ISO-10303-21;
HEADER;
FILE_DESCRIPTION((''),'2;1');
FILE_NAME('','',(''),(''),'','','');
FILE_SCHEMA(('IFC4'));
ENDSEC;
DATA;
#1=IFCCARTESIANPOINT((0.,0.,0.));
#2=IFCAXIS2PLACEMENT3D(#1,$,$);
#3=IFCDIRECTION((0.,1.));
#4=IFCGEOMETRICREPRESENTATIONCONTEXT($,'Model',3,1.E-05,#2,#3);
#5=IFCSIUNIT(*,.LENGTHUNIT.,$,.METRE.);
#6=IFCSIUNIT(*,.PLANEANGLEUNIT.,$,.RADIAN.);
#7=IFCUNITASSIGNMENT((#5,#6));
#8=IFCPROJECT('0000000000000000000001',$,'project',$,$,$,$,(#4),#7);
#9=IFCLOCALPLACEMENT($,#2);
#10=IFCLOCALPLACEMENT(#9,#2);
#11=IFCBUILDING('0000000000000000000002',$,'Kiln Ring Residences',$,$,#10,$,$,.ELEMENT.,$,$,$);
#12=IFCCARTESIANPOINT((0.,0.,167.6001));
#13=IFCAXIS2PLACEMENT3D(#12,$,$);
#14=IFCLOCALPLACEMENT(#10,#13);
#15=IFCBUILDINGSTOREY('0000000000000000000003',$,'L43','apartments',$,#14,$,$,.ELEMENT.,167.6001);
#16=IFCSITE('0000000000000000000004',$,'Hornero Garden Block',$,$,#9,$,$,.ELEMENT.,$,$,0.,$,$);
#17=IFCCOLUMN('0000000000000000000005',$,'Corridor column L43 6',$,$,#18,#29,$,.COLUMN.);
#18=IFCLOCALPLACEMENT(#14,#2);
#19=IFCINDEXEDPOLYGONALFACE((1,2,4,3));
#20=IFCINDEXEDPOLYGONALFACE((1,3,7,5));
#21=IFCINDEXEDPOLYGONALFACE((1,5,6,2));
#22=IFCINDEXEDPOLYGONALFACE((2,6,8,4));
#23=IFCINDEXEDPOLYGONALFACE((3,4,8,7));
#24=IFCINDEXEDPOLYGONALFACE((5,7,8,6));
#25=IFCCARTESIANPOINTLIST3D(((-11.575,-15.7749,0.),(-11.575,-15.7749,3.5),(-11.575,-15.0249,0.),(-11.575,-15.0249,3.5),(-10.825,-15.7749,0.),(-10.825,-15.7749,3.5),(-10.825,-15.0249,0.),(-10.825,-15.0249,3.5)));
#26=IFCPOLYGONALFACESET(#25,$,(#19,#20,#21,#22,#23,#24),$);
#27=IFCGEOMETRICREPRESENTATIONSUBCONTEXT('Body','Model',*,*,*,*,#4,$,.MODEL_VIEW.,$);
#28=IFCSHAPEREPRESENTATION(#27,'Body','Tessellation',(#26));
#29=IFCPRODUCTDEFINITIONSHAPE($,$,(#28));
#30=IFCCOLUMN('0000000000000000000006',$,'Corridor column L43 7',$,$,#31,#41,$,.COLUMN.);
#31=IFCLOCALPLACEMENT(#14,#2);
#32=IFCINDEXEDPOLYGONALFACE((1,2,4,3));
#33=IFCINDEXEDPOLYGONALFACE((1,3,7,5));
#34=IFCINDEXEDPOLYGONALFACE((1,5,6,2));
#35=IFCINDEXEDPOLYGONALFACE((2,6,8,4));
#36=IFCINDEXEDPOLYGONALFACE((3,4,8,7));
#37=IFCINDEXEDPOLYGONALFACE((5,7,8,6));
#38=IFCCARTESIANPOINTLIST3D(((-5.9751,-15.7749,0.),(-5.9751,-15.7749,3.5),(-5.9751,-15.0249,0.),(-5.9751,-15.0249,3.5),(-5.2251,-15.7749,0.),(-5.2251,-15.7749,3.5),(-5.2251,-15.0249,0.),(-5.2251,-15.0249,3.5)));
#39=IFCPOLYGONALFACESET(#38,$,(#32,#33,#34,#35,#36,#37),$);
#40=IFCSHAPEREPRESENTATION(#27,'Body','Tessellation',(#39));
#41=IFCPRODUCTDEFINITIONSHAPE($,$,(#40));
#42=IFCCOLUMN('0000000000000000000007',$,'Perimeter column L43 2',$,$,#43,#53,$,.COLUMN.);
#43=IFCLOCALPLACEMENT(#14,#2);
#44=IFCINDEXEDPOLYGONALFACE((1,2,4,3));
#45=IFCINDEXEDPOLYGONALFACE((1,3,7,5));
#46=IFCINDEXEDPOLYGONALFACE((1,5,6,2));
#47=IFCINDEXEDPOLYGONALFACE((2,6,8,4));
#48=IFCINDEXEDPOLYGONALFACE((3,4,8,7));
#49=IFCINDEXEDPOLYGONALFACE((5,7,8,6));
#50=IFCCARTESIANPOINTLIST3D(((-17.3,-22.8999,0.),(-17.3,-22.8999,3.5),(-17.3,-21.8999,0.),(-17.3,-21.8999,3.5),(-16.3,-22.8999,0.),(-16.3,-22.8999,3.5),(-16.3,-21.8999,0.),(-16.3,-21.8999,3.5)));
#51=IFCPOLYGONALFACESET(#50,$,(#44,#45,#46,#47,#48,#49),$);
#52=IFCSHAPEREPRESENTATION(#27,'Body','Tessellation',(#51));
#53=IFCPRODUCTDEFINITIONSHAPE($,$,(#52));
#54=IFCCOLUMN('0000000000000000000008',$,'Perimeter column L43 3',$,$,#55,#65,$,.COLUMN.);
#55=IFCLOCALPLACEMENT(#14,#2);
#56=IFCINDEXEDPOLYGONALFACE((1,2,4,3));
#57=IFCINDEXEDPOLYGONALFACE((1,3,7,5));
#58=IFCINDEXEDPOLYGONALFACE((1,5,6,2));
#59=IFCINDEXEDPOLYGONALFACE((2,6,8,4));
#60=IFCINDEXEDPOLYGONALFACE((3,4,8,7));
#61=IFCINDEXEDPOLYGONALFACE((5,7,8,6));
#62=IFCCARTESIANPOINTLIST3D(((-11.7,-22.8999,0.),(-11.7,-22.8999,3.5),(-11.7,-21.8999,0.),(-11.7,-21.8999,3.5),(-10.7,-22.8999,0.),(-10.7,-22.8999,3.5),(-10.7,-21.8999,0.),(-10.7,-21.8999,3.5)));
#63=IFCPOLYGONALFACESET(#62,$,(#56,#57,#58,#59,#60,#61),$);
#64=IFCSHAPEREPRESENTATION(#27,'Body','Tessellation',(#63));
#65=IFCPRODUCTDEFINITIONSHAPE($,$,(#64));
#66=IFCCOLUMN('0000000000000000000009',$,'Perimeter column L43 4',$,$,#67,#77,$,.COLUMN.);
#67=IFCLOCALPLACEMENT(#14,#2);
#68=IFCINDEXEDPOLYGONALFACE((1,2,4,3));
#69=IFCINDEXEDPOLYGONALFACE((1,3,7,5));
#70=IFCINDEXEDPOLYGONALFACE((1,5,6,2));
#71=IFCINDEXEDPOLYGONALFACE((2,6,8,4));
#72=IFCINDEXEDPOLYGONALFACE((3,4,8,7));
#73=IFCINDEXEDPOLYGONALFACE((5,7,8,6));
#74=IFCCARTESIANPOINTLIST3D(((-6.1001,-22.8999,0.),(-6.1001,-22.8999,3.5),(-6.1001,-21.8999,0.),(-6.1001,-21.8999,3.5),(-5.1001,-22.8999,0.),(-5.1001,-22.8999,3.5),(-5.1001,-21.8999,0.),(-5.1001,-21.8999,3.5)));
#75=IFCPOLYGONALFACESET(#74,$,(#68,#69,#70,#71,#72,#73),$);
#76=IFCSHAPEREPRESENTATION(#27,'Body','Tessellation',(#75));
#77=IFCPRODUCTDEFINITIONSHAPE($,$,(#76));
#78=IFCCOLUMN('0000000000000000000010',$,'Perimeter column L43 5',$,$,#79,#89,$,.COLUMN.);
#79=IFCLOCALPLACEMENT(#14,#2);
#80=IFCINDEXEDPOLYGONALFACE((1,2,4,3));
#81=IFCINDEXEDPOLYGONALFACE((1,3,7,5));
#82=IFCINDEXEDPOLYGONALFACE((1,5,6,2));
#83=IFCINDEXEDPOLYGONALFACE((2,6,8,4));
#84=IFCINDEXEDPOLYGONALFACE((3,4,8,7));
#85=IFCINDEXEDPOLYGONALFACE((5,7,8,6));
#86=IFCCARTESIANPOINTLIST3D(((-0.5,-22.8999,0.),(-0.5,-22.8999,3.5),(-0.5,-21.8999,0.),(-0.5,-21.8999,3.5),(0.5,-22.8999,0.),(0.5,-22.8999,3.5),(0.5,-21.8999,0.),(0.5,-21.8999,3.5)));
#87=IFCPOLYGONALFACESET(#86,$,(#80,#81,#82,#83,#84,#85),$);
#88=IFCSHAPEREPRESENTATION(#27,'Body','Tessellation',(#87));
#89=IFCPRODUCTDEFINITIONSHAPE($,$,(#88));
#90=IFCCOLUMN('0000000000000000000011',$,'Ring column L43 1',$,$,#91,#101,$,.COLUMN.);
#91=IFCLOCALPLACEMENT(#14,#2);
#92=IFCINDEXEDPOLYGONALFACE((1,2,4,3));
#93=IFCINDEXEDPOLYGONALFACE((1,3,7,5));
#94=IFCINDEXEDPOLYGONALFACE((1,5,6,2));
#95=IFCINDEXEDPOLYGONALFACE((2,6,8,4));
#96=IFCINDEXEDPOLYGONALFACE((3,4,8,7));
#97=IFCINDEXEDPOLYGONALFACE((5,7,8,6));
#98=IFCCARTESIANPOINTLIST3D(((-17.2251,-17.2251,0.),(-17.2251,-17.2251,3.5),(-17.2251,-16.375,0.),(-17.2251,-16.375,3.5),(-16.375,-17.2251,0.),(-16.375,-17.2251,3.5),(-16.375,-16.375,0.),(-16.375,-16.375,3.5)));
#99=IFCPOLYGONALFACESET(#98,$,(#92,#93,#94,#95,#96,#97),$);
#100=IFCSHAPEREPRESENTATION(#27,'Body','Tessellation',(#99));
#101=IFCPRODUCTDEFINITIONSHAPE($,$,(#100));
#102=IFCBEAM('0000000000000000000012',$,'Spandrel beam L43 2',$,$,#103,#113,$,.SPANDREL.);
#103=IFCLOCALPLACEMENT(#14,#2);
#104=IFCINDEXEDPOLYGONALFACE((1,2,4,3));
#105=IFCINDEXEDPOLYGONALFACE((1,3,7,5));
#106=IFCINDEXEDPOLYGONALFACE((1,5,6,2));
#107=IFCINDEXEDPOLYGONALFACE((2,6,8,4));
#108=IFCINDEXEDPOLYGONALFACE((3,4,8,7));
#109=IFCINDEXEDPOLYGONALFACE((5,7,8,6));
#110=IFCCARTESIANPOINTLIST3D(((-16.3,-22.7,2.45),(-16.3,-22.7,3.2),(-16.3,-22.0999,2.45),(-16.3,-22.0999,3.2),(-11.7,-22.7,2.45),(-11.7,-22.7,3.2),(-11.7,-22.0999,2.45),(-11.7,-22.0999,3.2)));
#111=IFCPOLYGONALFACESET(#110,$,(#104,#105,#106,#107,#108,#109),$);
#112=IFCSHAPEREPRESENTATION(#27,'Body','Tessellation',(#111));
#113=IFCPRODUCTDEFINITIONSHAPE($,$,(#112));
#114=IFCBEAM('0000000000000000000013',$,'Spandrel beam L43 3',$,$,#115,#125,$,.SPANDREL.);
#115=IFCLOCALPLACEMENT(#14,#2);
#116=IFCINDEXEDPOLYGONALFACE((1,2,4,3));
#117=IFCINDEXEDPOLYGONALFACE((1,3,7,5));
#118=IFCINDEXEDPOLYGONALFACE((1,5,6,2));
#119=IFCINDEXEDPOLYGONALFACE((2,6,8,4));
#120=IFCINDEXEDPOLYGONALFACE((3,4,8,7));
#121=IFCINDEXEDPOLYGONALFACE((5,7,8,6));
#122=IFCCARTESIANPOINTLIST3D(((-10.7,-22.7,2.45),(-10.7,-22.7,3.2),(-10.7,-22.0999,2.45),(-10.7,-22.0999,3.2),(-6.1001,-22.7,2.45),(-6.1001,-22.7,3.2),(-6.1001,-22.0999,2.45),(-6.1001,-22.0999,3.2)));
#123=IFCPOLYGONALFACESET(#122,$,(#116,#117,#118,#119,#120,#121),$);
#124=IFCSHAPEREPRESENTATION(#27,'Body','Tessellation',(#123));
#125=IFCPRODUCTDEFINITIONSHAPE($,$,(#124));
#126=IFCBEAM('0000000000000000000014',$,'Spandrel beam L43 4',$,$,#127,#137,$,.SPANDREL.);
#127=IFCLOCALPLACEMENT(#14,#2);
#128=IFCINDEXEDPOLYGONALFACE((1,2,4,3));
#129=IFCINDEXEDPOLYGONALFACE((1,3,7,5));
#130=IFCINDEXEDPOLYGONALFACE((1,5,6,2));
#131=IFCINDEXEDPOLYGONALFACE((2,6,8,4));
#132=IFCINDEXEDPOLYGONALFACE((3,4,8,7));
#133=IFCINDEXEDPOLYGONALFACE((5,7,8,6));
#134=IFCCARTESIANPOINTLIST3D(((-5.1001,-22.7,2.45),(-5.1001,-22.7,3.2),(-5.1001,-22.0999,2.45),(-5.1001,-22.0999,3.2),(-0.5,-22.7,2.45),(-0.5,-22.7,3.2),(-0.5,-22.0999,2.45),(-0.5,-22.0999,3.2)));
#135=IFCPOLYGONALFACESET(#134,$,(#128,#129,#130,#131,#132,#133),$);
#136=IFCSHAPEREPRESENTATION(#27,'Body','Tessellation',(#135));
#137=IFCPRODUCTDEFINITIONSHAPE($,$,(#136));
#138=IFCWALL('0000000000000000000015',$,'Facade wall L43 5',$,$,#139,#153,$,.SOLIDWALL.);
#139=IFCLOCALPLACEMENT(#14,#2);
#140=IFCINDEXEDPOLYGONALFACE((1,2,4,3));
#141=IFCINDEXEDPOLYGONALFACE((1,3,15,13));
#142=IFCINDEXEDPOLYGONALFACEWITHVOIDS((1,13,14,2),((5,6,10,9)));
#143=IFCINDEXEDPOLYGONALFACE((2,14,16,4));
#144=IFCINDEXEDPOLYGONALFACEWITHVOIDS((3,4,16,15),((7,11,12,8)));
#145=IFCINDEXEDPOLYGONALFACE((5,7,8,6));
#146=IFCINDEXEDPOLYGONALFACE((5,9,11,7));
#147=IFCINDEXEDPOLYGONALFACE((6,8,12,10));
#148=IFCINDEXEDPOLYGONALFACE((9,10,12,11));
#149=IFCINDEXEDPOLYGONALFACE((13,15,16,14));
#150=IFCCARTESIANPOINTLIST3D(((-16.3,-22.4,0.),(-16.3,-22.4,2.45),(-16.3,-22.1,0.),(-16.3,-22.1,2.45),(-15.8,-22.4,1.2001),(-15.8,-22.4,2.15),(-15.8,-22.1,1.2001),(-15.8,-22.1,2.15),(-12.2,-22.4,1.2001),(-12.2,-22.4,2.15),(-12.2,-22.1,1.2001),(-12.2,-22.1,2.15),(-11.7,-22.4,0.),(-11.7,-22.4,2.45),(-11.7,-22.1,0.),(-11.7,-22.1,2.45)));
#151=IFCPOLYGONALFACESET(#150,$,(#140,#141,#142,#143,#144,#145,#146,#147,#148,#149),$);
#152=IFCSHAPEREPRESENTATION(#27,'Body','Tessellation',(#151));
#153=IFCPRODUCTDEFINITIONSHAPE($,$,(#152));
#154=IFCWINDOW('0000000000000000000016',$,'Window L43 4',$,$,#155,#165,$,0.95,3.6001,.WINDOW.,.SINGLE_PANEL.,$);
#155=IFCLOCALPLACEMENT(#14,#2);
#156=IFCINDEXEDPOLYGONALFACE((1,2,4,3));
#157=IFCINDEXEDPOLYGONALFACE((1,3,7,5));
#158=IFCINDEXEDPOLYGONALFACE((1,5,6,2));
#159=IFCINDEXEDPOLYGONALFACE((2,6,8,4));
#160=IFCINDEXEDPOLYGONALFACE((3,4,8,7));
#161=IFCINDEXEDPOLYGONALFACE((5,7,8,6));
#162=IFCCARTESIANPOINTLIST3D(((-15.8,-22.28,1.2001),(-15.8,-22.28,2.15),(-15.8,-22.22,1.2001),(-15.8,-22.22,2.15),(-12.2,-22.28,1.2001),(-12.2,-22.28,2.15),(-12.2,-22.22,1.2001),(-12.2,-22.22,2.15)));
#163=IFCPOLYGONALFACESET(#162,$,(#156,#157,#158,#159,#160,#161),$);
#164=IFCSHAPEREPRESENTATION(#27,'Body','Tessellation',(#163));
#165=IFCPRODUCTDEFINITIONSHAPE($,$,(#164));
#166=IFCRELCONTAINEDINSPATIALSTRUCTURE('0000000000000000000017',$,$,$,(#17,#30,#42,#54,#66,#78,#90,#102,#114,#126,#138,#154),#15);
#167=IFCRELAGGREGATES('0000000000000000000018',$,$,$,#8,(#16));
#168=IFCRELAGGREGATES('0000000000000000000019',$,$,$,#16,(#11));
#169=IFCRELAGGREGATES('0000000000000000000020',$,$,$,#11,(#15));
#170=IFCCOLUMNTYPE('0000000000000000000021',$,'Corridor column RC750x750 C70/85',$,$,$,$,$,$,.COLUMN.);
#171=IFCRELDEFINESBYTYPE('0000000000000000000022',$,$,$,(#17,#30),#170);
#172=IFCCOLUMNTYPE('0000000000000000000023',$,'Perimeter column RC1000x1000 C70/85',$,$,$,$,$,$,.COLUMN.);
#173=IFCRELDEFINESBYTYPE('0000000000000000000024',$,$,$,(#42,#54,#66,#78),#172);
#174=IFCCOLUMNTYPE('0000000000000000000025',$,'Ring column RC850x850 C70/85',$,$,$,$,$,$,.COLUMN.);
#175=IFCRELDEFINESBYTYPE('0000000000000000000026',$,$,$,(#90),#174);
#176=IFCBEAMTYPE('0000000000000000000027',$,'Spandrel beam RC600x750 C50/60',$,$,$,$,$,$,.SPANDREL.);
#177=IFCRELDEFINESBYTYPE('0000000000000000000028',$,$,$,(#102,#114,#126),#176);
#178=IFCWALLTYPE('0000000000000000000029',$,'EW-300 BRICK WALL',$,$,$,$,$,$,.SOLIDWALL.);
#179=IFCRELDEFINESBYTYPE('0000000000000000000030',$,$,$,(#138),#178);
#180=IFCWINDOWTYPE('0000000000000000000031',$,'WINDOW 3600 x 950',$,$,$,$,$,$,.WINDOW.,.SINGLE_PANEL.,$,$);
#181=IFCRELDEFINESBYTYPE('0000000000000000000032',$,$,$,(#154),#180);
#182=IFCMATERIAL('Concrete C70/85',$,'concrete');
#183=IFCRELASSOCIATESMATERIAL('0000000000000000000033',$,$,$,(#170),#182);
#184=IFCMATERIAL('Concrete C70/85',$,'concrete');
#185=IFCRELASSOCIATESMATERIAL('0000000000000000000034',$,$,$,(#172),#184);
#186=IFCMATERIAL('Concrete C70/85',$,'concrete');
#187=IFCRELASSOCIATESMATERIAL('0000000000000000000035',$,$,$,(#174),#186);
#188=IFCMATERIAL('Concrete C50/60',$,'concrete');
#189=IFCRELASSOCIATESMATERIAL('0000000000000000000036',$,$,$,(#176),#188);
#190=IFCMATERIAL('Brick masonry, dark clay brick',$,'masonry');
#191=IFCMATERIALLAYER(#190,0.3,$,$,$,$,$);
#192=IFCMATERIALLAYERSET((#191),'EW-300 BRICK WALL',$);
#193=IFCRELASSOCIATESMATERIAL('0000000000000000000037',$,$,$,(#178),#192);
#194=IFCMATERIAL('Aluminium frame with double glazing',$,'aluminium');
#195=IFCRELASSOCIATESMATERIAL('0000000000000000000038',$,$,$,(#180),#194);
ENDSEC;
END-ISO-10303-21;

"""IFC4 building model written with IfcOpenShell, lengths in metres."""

from ifc_helpers import new_model, si_unit, direction, frame, frame_2d, origin, origin_2d, place, context, subcontext, project, spatial, rectangle, extrude, material, layer, layer_set, material_profile, profile_set, type_object, element, fill, save


model = new_model("IFC4")

# Units and contexts
model_context = context("Model", 3, precision=1e-05, world=origin(), true_north=direction((0.0, 1.0)))
body_context = subcontext(model_context, "Body", "Model", "MODEL_VIEW")
ifc_project = project(units=[si_unit("LENGTHUNIT", "METRE"), si_unit("PLANEANGLEUNIT", "RADIAN")], contexts=[model_context])

# Site, building, storey
site_placement = place(None, origin())
site = spatial("IfcSite", under=ifc_project, at=site_placement, Name="Hornero Garden Block", CompositionType="ELEMENT", RefElevation=0.0)
building_placement = place(site_placement, origin())
building = spatial("IfcBuilding", under=site, at=building_placement, Name="Kiln Ring Residences", CompositionType="ELEMENT")
storey_placement = place(building_placement, frame((0.0, 0.0, 167.6001)))
storey = spatial("IfcBuildingStorey", under=building, at=storey_placement, Name="L43", Description="apartments", CompositionType="ELEMENT", Elevation=167.6001)

# Columns
ifc_material_1 = material(Name="Concrete C70/85", Category="concrete")
ifc_material_profile_1 = material_profile(ifc_material_1, rectangle(XDim=0.75, YDim=0.75, at=origin_2d()), Name="RC750x750")
ifc_profile_set_1 = profile_set([ifc_material_profile_1], Name="Concrete C70/85")
column_type_1 = type_object("IfcColumnType", Name="Corridor column RC750x750 C70/85", PredefinedType="COLUMN", material=ifc_profile_set_1)
for number, where, z_axis, x_axis, name in (
    (1, (-11.2, -15.3999, 0.0), (0.0, 0.0, 1.0), (1.0, 0.0, 0.0), "Corridor column L43 6"),
    (2, (-5.6001, -15.3999, 0.0), (0.0, 0.0, 1.0), (1.0, 0.0, 0.0), "Corridor column L43 7"),
):
    element("IfcColumn", number, at=place(storey_placement, frame(where, z_axis=z_axis, x_axis=x_axis)), inside=storey, type_object=column_type_1, Name=name, PredefinedType="COLUMN", context=body_context, shape_type="SweptSolid", body=[
        extrude(rectangle(XDim=0.75, YDim=0.75, at=origin_2d()), origin(), (0.0, 0.0, 1.0), 3.5),
    ])
ifc_material_2 = material(Name="Concrete C70/85", Category="concrete")
ifc_material_profile_2 = material_profile(ifc_material_2, rectangle(XDim=1.0, YDim=1.0, at=origin_2d()), Name="RC1000x1000")
ifc_profile_set_2 = profile_set([ifc_material_profile_2], Name="Concrete C70/85")
column_type_2 = type_object("IfcColumnType", Name="Perimeter column RC1000x1000 C70/85", PredefinedType="COLUMN", material=ifc_profile_set_2)
for number, where, z_axis, x_axis, name in (
    (3, (-16.8, -22.3999, 0.0), (0.0, 0.0, 1.0), (1.0, 0.0, 0.0), "Perimeter column L43 2"),
    (4, (-11.2, -22.3999, 0.0), (0.0, 0.0, 1.0), (1.0, 0.0, 0.0), "Perimeter column L43 3"),
    (5, (-5.6001, -22.3999, 0.0), (0.0, 0.0, 1.0), (1.0, 0.0, 0.0), "Perimeter column L43 4"),
    (6, (0.0, -22.3999, 0.0), (0.0, 0.0, 1.0), (1.0, 0.0, 0.0), "Perimeter column L43 5"),
):
    element("IfcColumn", number, at=place(storey_placement, frame(where, z_axis=z_axis, x_axis=x_axis)), inside=storey, type_object=column_type_2, Name=name, PredefinedType="COLUMN", context=body_context, shape_type="SweptSolid", body=[
        extrude(rectangle(XDim=1.0, YDim=1.0, at=origin_2d()), origin(), (0.0, 0.0, 1.0), 3.5),
    ])
ifc_material_3 = material(Name="Concrete C70/85", Category="concrete")
ifc_material_profile_3 = material_profile(ifc_material_3, rectangle(XDim=0.8501, YDim=0.8501, at=origin_2d()), Name="RC850x850")
ifc_profile_set_3 = profile_set([ifc_material_profile_3], Name="Concrete C70/85")
column_type_3 = type_object("IfcColumnType", Name="Ring column RC850x850 C70/85", PredefinedType="COLUMN", material=ifc_profile_set_3)
column_placement = place(storey_placement, frame((-16.8, -16.8, 0.0), z_axis=(0.0, 0.0, 1.0), x_axis=(1.0, 0.0, 0.0)))
element("IfcColumn", 7, at=column_placement, inside=storey, type_object=column_type_3, Name="Ring column L43 1", PredefinedType="COLUMN", context=body_context, shape_type="SweptSolid", body=[
    extrude(rectangle(XDim=0.8501, YDim=0.8501, at=origin_2d()), origin(), (0.0, 0.0, 1.0), 3.5),
])

# Beams
ifc_material_4 = material(Name="Concrete C50/60", Category="concrete")
ifc_material_profile_4 = material_profile(ifc_material_4, rectangle(XDim=0.6001, YDim=0.75, at=origin_2d()), Name="RC600x750")
ifc_profile_set_4 = profile_set([ifc_material_profile_4], Name="Concrete C50/60")
beam_type = type_object("IfcBeamType", Name="Spandrel beam RC600x750 C50/60", PredefinedType="SPANDREL", material=ifc_profile_set_4)
beam_1_placement = place(storey_placement, frame((-16.3, -22.3999, 2.825), z_axis=(1.0, 0.0, 0.0), x_axis=(0.0, 1.0, 0.0)))
element("IfcBeam", 8, at=beam_1_placement, inside=storey, type_object=beam_type, Name="Spandrel beam L43 2", PredefinedType="SPANDREL", context=body_context, shape_type="SweptSolid", body=[
    extrude(rectangle(XDim=0.6001, YDim=0.75, at=origin_2d()), origin(), (0.0, 0.0, 1.0), 4.6001),
])
beam_2_placement = place(storey_placement, frame((-10.7, -22.3999, 2.825), z_axis=(1.0, 0.0, 0.0), x_axis=(0.0, 1.0, 0.0)))
element("IfcBeam", 9, at=beam_2_placement, inside=storey, type_object=beam_type, Name="Spandrel beam L43 3", PredefinedType="SPANDREL", context=body_context, shape_type="SweptSolid", body=[
    extrude(rectangle(XDim=0.6001, YDim=0.75, at=origin_2d()), origin(), (0.0, 0.0, 1.0), 4.5999),
])
beam_3_placement = place(storey_placement, frame((-5.1001, -22.3999, 2.825), z_axis=(1.0, 0.0, 0.0), x_axis=(0.0, 1.0, 0.0)))
element("IfcBeam", 10, at=beam_3_placement, inside=storey, type_object=beam_type, Name="Spandrel beam L43 4", PredefinedType="SPANDREL", context=body_context, shape_type="SweptSolid", body=[
    extrude(rectangle(XDim=0.6001, YDim=0.75, at=origin_2d()), origin(), (0.0, 0.0, 1.0), 4.6001),
])

# Wall, opening, window
ifc_material_5 = material(Name="Brick masonry, dark clay brick", Category="masonry")
ifc_layer_1 = layer(ifc_material_5, 0.3)
ifc_layer_set_1 = layer_set([ifc_layer_1], Name="EW-300 BRICK WALL")
wall_type_1 = type_object("IfcWallType", Name="EW-300 BRICK WALL", PredefinedType="SOLIDWALL", material=ifc_layer_set_1)
wall_1_placement = place(storey_placement, frame((-16.3, -22.25, 0.0), z_axis=(0.0, 0.0, 1.0), x_axis=(1.0, 0.0, 0.0)))
wall_1 = element("IfcWall", 11, at=wall_1_placement, inside=storey, type_object=wall_type_1, Name="Facade wall L43 5", PredefinedType="SOLIDWALL", context=body_context, shape_type="SweptSolid", body=[
    extrude(rectangle(XDim=4.6001, YDim=0.3, at=frame_2d((2.3, 0.0))), origin(), (0.0, 0.0, 1.0), 2.45),
])
opening_1_placement = place(wall_1_placement, frame((0.5, 0.0, 1.2)))
opening_1 = element("IfcOpeningElement", 12, at=opening_1_placement, cuts=wall_1, PredefinedType="OPENING", context=body_context, shape_type="SweptSolid", body=[
    extrude(rectangle(XDim=3.6001, YDim=0.95, at=frame_2d((1.8, 0.4751))), frame((0.0, 0.1599, 0.0), z_axis=(0.0, -1.0, 0.0), x_axis=(1.0, 0.0, 0.0)), (0.0, 0.0, 1.0), 0.3201),
])
ifc_material_6 = material(Name="Aluminium frame with double glazing", Category="aluminium")
window_type = type_object("IfcWindowType", Name="WINDOW 3600 x 950", PartitioningType="SINGLE_PANEL", PredefinedType="WINDOW", material=ifc_material_6)
window_1_placement = place(opening_1_placement, origin())
window_1 = element("IfcWindow", 13, at=window_1_placement, inside=storey, type_object=window_type, Name="Window L43 4", OverallHeight=0.95, OverallWidth=3.6001, PartitioningType="SINGLE_PANEL", PredefinedType="WINDOW", context=body_context, shape_type="SweptSolid", body=[
    extrude(rectangle(XDim=3.6001, YDim=0.95, at=frame_2d((1.8, 0.4751))), frame((0.0, 0.03, 0.0), z_axis=(0.0, -1.0, 0.0), x_axis=(1.0, 0.0, 0.0)), (0.0, 0.0, 1.0), 0.0601),
])
fill(opening_1, window_1)

save(model, "model.ifc")
